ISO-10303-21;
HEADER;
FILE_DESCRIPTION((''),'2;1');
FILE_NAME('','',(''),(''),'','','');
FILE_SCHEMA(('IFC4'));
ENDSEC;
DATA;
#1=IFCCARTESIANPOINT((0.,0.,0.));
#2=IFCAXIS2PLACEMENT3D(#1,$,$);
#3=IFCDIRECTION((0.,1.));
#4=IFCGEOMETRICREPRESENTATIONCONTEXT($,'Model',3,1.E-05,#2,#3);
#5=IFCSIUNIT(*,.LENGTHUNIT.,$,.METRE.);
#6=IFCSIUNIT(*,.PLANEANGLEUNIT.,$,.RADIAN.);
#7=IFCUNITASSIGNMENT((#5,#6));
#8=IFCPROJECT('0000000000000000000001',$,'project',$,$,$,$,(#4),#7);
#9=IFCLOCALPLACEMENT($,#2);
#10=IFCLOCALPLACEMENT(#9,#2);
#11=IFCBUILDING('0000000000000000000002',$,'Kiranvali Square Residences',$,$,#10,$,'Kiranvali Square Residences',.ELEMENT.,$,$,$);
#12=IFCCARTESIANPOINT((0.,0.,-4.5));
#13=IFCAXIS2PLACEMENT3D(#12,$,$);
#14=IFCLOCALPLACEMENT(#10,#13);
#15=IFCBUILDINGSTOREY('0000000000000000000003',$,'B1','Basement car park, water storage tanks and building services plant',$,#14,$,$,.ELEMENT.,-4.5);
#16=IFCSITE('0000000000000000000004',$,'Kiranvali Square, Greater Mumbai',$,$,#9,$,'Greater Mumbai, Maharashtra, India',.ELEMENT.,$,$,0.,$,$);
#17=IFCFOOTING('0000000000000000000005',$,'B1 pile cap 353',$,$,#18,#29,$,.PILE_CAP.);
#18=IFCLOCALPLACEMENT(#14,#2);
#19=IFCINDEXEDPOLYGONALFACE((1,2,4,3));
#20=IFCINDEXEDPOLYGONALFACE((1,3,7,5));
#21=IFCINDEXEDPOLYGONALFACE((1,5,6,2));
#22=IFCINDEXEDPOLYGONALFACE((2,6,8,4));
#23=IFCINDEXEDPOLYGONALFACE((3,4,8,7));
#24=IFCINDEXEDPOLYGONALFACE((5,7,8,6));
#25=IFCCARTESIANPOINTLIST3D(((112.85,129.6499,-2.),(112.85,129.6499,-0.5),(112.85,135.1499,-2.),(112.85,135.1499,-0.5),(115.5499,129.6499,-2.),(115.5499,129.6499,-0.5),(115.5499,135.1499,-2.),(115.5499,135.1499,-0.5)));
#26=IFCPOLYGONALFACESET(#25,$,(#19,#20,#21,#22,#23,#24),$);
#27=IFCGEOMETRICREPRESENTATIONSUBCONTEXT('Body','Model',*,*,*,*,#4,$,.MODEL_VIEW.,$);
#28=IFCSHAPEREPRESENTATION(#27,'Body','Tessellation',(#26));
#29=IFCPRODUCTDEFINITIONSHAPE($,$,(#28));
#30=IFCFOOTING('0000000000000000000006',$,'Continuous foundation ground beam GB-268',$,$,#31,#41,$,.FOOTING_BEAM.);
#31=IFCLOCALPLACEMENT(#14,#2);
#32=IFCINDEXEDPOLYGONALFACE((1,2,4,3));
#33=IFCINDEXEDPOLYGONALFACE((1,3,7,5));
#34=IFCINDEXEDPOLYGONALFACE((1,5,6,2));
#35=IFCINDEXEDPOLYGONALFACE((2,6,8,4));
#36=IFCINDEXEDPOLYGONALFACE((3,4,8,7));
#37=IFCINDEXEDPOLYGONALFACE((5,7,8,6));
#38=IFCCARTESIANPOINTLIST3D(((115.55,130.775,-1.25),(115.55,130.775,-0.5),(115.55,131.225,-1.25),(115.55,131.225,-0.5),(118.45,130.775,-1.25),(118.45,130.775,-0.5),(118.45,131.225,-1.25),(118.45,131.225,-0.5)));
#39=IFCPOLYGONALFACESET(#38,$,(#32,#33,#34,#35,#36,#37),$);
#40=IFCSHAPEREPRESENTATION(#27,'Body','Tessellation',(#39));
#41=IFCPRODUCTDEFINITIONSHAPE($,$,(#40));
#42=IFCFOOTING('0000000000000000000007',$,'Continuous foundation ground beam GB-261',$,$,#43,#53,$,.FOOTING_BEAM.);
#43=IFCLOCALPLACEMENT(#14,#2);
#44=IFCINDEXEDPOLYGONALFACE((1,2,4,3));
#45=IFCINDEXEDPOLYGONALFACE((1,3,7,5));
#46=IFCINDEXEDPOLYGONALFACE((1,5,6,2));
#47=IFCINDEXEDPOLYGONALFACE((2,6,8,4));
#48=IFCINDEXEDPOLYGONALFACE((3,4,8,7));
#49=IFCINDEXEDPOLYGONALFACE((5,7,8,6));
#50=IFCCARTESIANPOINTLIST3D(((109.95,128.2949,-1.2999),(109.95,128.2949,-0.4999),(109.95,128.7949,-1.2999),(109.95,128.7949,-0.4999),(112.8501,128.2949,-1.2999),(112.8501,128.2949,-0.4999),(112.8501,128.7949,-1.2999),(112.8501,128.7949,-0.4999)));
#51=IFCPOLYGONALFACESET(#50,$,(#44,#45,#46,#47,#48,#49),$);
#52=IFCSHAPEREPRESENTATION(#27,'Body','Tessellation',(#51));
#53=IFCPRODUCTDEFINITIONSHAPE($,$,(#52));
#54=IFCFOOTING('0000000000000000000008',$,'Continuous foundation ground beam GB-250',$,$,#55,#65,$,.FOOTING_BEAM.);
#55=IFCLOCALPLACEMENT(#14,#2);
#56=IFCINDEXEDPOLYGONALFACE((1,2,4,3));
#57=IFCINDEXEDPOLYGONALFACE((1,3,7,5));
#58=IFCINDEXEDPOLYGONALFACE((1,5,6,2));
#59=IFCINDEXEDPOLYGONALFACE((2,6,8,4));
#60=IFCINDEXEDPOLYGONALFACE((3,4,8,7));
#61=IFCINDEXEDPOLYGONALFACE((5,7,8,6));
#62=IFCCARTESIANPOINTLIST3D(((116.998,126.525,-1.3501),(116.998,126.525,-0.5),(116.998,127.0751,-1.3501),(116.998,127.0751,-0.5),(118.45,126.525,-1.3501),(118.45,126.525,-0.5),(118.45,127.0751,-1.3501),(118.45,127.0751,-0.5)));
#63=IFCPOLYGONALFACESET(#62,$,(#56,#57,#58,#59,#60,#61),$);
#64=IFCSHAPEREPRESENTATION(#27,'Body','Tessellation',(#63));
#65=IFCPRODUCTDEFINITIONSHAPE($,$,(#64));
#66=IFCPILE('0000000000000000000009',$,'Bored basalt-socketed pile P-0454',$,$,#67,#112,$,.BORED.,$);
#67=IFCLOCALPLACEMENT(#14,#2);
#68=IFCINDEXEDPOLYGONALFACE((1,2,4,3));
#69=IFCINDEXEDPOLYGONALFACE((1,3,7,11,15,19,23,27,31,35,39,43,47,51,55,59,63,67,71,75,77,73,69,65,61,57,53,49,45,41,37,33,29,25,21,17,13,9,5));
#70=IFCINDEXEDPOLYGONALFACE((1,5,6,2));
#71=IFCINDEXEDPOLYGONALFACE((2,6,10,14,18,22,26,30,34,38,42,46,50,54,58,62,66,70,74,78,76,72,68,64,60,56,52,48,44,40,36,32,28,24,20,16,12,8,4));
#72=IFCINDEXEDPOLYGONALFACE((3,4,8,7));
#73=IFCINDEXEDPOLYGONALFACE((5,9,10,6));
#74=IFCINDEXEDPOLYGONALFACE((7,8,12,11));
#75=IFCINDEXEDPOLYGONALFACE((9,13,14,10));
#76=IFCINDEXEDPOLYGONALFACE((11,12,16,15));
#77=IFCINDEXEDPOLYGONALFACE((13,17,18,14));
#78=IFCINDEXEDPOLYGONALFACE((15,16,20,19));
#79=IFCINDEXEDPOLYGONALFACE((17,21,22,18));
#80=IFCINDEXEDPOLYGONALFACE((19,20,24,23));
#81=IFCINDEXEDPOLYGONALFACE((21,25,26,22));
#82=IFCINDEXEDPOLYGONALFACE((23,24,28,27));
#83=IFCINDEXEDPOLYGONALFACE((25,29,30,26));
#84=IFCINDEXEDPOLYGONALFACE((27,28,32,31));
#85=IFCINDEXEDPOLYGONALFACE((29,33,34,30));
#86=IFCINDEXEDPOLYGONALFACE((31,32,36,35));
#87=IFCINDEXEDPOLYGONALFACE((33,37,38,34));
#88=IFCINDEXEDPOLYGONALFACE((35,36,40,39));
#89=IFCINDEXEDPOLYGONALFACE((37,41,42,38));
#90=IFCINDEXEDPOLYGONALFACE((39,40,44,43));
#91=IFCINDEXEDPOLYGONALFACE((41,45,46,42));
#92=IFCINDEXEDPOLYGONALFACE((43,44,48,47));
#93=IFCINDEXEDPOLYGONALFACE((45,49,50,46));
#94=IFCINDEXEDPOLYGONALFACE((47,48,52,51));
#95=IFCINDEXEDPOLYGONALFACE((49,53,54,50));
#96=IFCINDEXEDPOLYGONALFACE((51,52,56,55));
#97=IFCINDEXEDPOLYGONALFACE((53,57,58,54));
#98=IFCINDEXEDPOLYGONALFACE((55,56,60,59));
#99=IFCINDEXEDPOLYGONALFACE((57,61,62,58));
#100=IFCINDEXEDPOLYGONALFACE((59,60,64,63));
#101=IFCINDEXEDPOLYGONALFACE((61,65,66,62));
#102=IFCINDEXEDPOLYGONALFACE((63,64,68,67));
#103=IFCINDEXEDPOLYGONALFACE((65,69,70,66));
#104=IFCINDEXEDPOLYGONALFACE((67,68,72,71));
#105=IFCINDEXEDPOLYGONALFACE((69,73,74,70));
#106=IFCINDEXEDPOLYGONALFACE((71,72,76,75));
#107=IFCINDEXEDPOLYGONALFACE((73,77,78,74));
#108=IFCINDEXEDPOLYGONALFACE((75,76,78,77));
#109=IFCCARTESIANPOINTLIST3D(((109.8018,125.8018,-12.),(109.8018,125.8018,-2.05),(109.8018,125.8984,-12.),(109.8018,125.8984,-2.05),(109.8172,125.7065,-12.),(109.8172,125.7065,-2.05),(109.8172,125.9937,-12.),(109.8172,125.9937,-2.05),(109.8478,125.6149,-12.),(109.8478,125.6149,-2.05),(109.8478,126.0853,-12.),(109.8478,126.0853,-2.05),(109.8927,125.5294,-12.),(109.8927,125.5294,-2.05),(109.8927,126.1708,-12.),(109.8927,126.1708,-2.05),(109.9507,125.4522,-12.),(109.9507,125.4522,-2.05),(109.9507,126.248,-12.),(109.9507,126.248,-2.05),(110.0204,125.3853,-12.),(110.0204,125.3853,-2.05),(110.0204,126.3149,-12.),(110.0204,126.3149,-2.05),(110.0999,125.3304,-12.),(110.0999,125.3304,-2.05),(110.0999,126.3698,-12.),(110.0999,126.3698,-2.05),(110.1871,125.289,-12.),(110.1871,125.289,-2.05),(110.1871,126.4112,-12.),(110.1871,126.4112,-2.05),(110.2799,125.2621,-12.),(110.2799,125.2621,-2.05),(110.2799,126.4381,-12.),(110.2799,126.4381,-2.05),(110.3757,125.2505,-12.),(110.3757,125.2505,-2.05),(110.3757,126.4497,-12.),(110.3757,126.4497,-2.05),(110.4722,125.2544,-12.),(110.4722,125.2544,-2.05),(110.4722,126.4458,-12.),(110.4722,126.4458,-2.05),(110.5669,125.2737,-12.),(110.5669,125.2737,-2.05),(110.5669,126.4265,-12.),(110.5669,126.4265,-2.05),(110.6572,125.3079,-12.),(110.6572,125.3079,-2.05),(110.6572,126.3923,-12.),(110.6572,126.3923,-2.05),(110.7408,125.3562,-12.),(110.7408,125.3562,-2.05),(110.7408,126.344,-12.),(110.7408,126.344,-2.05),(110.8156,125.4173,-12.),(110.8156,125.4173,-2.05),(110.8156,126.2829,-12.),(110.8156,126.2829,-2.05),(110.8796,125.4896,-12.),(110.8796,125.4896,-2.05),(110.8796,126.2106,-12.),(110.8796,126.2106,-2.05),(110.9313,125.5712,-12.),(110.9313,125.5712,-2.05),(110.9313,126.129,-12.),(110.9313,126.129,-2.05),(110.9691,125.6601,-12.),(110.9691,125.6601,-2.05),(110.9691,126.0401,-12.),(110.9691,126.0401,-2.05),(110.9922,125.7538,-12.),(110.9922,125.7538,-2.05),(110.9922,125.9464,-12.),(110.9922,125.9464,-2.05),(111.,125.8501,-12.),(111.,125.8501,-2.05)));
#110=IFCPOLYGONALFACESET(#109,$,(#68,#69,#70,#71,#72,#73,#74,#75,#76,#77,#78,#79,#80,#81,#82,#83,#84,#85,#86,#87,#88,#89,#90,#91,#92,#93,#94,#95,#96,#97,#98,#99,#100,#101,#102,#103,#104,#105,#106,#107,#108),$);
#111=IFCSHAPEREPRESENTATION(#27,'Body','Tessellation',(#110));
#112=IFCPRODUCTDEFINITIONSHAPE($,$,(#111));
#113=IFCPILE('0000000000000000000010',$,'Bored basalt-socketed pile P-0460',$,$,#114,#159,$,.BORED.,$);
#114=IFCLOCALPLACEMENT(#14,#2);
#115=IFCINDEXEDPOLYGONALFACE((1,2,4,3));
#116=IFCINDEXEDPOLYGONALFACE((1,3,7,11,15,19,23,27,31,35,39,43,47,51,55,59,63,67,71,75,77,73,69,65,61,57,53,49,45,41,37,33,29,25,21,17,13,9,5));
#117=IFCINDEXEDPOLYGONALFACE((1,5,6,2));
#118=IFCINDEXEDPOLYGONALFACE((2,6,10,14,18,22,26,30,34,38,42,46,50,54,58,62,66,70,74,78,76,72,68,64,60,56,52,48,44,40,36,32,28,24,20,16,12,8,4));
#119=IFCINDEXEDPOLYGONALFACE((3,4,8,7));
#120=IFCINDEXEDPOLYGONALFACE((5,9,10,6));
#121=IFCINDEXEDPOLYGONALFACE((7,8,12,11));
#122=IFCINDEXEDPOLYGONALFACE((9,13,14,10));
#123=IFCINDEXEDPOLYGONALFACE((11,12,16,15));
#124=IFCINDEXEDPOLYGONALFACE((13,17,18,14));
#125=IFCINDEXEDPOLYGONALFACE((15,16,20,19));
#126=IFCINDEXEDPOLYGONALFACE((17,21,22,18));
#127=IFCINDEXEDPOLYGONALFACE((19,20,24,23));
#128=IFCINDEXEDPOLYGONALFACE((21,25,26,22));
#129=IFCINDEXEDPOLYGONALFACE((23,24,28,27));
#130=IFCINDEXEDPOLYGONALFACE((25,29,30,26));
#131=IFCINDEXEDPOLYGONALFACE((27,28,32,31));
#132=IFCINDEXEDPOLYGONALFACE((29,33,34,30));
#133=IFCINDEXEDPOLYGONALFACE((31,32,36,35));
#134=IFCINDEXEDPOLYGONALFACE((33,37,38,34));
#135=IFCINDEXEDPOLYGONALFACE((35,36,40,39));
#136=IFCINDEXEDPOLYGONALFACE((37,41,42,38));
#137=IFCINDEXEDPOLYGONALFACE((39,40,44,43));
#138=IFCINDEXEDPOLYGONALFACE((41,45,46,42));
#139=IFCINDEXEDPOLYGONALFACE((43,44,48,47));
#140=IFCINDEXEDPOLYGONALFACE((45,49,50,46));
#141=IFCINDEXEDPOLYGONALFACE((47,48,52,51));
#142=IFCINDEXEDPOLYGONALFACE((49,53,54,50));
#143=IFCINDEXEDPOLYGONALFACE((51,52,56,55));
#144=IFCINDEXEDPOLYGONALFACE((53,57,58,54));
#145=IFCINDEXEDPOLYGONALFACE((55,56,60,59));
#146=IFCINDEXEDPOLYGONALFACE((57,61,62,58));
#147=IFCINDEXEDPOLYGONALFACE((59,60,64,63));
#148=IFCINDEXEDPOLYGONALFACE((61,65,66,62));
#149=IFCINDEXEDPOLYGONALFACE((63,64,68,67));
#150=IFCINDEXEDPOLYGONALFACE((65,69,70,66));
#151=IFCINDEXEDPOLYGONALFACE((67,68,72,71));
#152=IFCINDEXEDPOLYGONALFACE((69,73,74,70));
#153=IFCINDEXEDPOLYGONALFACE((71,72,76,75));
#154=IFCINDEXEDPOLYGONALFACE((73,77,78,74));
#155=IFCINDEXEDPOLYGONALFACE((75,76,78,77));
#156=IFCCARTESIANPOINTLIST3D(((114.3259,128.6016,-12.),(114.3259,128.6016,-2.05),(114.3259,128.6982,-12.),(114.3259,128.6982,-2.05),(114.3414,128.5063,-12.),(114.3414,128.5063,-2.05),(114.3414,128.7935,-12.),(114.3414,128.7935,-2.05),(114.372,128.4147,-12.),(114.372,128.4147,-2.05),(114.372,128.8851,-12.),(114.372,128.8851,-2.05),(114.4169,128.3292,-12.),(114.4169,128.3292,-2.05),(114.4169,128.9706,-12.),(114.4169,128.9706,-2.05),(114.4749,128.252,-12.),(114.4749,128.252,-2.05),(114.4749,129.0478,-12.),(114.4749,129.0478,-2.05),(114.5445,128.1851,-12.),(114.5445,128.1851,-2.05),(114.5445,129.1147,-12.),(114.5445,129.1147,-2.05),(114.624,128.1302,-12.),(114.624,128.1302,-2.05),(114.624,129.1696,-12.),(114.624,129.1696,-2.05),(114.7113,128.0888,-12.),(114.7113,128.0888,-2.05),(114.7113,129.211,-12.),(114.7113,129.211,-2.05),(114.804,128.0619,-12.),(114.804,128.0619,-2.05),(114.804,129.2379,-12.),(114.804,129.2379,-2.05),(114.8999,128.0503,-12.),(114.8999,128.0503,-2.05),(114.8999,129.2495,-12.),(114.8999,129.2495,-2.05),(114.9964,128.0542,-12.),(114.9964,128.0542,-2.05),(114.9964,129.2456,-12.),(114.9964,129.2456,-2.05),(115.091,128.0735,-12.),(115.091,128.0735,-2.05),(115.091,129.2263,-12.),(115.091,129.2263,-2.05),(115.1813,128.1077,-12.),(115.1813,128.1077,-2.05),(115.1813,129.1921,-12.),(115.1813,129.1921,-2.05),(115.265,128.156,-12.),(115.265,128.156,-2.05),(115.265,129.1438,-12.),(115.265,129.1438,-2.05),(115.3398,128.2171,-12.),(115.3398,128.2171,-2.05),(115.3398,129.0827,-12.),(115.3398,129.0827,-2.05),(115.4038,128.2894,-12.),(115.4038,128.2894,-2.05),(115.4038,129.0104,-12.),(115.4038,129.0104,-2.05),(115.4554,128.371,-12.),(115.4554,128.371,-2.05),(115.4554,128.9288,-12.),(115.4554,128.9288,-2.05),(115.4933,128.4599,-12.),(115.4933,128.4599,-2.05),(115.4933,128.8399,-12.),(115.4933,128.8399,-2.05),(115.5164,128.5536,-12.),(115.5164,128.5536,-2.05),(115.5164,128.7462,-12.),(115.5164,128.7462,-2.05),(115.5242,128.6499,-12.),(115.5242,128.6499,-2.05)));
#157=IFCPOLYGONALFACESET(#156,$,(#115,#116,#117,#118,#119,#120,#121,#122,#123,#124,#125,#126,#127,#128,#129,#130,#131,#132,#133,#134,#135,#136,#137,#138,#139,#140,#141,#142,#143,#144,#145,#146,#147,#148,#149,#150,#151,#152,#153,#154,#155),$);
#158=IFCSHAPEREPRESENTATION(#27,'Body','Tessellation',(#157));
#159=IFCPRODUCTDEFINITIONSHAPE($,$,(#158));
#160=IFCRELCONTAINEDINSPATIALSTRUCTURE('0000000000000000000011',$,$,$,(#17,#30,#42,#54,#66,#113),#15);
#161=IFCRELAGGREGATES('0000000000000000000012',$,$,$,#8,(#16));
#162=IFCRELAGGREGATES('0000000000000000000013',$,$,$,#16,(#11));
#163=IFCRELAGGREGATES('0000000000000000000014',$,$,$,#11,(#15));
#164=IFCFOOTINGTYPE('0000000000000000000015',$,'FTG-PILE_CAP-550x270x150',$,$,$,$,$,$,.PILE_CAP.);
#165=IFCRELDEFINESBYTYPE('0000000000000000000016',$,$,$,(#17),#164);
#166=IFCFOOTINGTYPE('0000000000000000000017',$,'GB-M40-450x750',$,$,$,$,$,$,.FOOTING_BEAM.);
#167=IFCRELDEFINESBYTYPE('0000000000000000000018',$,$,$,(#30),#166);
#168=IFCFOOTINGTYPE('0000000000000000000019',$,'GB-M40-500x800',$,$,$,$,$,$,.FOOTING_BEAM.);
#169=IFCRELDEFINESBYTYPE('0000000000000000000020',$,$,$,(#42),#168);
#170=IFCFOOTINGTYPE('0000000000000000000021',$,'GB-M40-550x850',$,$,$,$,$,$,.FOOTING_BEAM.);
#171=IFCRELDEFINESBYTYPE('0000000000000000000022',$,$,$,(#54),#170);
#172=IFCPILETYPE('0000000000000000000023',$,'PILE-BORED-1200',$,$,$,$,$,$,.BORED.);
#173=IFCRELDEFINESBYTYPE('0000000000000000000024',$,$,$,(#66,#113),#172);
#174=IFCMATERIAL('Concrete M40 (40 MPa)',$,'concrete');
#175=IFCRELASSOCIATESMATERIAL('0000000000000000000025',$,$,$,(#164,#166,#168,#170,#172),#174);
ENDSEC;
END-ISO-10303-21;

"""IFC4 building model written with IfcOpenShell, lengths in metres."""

from ifc_helpers import new_model, si_unit, direction, frame, origin, origin_2d, place, context, subcontext, project, spatial, rectangle, circle, extrude, material, material_profile, profile_set, type_object, element, save


model = new_model("IFC4")

# Units and contexts
model_context = context("Model", 3, precision=1e-05, world=origin(), true_north=direction((0.0, 1.0)))
body_context = subcontext(model_context, "Body", "Model", "MODEL_VIEW")
ifc_project = project(units=[si_unit("LENGTHUNIT", "METRE"), si_unit("PLANEANGLEUNIT", "RADIAN")], contexts=[model_context])

# Site, building, storey
site_placement = place(None, origin())
site = spatial("IfcSite", under=ifc_project, at=site_placement, Name="Kiranvali Square, Greater Mumbai", LongName="Greater Mumbai, Maharashtra, India", CompositionType="ELEMENT", RefElevation=0.0)
building_placement = place(site_placement, origin())
building = spatial("IfcBuilding", under=site, at=building_placement, Name="Kiranvali Square Residences", LongName="Kiranvali Square Residences", CompositionType="ELEMENT")
storey_placement = place(building_placement, frame((0.0, 0.0, -4.5)))
storey = spatial("IfcBuildingStorey", under=building, at=storey_placement, Name="B1", Description="Basement car park, water storage tanks and building services plant", CompositionType="ELEMENT", Elevation=-4.5)

# Footings
ifc_material_1 = material(Name="Concrete M40 (40 MPa)", Category="concrete")
footing_type_1 = type_object("IfcFootingType", Name="FTG-PILE_CAP-550x270x150", PredefinedType="PILE_CAP", material=ifc_material_1)
footing_1_placement = place(storey_placement, frame((114.2, 132.3999, -2.0), z_axis=(0.0, 0.0, 1.0), x_axis=(0.0, 1.0, 0.0)))
element("IfcFooting", 1, at=footing_1_placement, inside=storey, type_object=footing_type_1, Name="B1 pile cap 353", PredefinedType="PILE_CAP", context=body_context, shape_type="SweptSolid", body=[
    extrude(rectangle(XDim=5.5, YDim=2.7, at=origin_2d()), origin(), (0.0, 0.0, 1.0), 1.5),
])
ifc_material_profile_1 = material_profile(ifc_material_1, rectangle(XDim=0.45, YDim=0.75, at=origin_2d()), Name="GB 450x750")
ifc_profile_set_1 = profile_set([ifc_material_profile_1], Name="Concrete M40 (40 MPa)")
footing_type_2 = type_object("IfcFootingType", Name="GB-M40-450x750", PredefinedType="FOOTING_BEAM", material=ifc_profile_set_1)
footing_2_placement = place(storey_placement, frame((115.55, 131.0, -0.875), z_axis=(1.0, 0.0, 0.0), x_axis=(0.0, 1.0, 0.0)))
element("IfcFooting", 2, at=footing_2_placement, inside=storey, type_object=footing_type_2, Name="Continuous foundation ground beam GB-268", PredefinedType="FOOTING_BEAM", context=body_context, shape_type="SweptSolid", body=[
    extrude(rectangle(XDim=0.45, YDim=0.75, at=origin_2d()), origin(), (0.0, 0.0, 1.0), 2.8999),
])
ifc_material_profile_2 = material_profile(ifc_material_1, rectangle(XDim=0.5, YDim=0.8, at=origin_2d()), Name="GB 500x800")
ifc_profile_set_2 = profile_set([ifc_material_profile_2], Name="Concrete M40 (40 MPa)")
footing_type_3 = type_object("IfcFootingType", Name="GB-M40-500x800", PredefinedType="FOOTING_BEAM", material=ifc_profile_set_2)
footing_3_placement = place(storey_placement, frame((109.95, 128.5449, -0.8999), z_axis=(1.0, 0.0, 0.0), x_axis=(0.0, 1.0, 0.0)))
element("IfcFooting", 3, at=footing_3_placement, inside=storey, type_object=footing_type_3, Name="Continuous foundation ground beam GB-261", PredefinedType="FOOTING_BEAM", context=body_context, shape_type="SweptSolid", body=[
    extrude(rectangle(XDim=0.5, YDim=0.8, at=origin_2d()), origin(), (0.0, 0.0, 1.0), 2.9001),
])
ifc_material_profile_3 = material_profile(ifc_material_1, rectangle(XDim=0.55, YDim=0.8501, at=origin_2d()), Name="GB 550x850")
ifc_profile_set_3 = profile_set([ifc_material_profile_3], Name="Concrete M40 (40 MPa)")
footing_type_4 = type_object("IfcFootingType", Name="GB-M40-550x850", PredefinedType="FOOTING_BEAM", material=ifc_profile_set_3)
footing_4_placement = place(storey_placement, frame((116.998, 126.8, -0.925), z_axis=(1.0, 0.0, 0.0), x_axis=(0.0, 1.0, 0.0)))
element("IfcFooting", 4, at=footing_4_placement, inside=storey, type_object=footing_type_4, Name="Continuous foundation ground beam GB-250", PredefinedType="FOOTING_BEAM", context=body_context, shape_type="SweptSolid", body=[
    extrude(rectangle(XDim=0.55, YDim=0.8501, at=origin_2d()), origin(), (0.0, 0.0, 1.0), 1.4519),
])

# Piles
ifc_material_profile_4 = material_profile(ifc_material_1, circle(Radius=0.6001, at=origin_2d()), Name="BORED PILE 1200")
ifc_profile_set_4 = profile_set([ifc_material_profile_4], Name="Concrete M40 (40 MPa)")
pile_type = type_object("IfcPileType", Name="PILE-BORED-1200", PredefinedType="BORED", material=ifc_profile_set_4)
for number, where, z_axis, x_axis, name in (
    (5, (110.3999, 125.8501, -2.05), (0.0, 0.0, -1.0), (1.0, 0.0, 0.0), "Bored basalt-socketed pile P-0454"),
    (6, (114.9241, 128.6499, -2.05), (0.0, 0.0, -1.0), (1.0, 0.0, 0.0), "Bored basalt-socketed pile P-0460"),
):
    element("IfcPile", number, at=place(storey_placement, frame(where, z_axis=z_axis, x_axis=x_axis)), inside=storey, type_object=pile_type, Name=name, PredefinedType="BORED", context=body_context, shape_type="SweptSolid", body=[
        extrude(circle(Radius=0.6001, at=origin_2d()), origin(), (0.0, 0.0, 1.0), 9.95),
    ])

save(model, "model.ifc")
